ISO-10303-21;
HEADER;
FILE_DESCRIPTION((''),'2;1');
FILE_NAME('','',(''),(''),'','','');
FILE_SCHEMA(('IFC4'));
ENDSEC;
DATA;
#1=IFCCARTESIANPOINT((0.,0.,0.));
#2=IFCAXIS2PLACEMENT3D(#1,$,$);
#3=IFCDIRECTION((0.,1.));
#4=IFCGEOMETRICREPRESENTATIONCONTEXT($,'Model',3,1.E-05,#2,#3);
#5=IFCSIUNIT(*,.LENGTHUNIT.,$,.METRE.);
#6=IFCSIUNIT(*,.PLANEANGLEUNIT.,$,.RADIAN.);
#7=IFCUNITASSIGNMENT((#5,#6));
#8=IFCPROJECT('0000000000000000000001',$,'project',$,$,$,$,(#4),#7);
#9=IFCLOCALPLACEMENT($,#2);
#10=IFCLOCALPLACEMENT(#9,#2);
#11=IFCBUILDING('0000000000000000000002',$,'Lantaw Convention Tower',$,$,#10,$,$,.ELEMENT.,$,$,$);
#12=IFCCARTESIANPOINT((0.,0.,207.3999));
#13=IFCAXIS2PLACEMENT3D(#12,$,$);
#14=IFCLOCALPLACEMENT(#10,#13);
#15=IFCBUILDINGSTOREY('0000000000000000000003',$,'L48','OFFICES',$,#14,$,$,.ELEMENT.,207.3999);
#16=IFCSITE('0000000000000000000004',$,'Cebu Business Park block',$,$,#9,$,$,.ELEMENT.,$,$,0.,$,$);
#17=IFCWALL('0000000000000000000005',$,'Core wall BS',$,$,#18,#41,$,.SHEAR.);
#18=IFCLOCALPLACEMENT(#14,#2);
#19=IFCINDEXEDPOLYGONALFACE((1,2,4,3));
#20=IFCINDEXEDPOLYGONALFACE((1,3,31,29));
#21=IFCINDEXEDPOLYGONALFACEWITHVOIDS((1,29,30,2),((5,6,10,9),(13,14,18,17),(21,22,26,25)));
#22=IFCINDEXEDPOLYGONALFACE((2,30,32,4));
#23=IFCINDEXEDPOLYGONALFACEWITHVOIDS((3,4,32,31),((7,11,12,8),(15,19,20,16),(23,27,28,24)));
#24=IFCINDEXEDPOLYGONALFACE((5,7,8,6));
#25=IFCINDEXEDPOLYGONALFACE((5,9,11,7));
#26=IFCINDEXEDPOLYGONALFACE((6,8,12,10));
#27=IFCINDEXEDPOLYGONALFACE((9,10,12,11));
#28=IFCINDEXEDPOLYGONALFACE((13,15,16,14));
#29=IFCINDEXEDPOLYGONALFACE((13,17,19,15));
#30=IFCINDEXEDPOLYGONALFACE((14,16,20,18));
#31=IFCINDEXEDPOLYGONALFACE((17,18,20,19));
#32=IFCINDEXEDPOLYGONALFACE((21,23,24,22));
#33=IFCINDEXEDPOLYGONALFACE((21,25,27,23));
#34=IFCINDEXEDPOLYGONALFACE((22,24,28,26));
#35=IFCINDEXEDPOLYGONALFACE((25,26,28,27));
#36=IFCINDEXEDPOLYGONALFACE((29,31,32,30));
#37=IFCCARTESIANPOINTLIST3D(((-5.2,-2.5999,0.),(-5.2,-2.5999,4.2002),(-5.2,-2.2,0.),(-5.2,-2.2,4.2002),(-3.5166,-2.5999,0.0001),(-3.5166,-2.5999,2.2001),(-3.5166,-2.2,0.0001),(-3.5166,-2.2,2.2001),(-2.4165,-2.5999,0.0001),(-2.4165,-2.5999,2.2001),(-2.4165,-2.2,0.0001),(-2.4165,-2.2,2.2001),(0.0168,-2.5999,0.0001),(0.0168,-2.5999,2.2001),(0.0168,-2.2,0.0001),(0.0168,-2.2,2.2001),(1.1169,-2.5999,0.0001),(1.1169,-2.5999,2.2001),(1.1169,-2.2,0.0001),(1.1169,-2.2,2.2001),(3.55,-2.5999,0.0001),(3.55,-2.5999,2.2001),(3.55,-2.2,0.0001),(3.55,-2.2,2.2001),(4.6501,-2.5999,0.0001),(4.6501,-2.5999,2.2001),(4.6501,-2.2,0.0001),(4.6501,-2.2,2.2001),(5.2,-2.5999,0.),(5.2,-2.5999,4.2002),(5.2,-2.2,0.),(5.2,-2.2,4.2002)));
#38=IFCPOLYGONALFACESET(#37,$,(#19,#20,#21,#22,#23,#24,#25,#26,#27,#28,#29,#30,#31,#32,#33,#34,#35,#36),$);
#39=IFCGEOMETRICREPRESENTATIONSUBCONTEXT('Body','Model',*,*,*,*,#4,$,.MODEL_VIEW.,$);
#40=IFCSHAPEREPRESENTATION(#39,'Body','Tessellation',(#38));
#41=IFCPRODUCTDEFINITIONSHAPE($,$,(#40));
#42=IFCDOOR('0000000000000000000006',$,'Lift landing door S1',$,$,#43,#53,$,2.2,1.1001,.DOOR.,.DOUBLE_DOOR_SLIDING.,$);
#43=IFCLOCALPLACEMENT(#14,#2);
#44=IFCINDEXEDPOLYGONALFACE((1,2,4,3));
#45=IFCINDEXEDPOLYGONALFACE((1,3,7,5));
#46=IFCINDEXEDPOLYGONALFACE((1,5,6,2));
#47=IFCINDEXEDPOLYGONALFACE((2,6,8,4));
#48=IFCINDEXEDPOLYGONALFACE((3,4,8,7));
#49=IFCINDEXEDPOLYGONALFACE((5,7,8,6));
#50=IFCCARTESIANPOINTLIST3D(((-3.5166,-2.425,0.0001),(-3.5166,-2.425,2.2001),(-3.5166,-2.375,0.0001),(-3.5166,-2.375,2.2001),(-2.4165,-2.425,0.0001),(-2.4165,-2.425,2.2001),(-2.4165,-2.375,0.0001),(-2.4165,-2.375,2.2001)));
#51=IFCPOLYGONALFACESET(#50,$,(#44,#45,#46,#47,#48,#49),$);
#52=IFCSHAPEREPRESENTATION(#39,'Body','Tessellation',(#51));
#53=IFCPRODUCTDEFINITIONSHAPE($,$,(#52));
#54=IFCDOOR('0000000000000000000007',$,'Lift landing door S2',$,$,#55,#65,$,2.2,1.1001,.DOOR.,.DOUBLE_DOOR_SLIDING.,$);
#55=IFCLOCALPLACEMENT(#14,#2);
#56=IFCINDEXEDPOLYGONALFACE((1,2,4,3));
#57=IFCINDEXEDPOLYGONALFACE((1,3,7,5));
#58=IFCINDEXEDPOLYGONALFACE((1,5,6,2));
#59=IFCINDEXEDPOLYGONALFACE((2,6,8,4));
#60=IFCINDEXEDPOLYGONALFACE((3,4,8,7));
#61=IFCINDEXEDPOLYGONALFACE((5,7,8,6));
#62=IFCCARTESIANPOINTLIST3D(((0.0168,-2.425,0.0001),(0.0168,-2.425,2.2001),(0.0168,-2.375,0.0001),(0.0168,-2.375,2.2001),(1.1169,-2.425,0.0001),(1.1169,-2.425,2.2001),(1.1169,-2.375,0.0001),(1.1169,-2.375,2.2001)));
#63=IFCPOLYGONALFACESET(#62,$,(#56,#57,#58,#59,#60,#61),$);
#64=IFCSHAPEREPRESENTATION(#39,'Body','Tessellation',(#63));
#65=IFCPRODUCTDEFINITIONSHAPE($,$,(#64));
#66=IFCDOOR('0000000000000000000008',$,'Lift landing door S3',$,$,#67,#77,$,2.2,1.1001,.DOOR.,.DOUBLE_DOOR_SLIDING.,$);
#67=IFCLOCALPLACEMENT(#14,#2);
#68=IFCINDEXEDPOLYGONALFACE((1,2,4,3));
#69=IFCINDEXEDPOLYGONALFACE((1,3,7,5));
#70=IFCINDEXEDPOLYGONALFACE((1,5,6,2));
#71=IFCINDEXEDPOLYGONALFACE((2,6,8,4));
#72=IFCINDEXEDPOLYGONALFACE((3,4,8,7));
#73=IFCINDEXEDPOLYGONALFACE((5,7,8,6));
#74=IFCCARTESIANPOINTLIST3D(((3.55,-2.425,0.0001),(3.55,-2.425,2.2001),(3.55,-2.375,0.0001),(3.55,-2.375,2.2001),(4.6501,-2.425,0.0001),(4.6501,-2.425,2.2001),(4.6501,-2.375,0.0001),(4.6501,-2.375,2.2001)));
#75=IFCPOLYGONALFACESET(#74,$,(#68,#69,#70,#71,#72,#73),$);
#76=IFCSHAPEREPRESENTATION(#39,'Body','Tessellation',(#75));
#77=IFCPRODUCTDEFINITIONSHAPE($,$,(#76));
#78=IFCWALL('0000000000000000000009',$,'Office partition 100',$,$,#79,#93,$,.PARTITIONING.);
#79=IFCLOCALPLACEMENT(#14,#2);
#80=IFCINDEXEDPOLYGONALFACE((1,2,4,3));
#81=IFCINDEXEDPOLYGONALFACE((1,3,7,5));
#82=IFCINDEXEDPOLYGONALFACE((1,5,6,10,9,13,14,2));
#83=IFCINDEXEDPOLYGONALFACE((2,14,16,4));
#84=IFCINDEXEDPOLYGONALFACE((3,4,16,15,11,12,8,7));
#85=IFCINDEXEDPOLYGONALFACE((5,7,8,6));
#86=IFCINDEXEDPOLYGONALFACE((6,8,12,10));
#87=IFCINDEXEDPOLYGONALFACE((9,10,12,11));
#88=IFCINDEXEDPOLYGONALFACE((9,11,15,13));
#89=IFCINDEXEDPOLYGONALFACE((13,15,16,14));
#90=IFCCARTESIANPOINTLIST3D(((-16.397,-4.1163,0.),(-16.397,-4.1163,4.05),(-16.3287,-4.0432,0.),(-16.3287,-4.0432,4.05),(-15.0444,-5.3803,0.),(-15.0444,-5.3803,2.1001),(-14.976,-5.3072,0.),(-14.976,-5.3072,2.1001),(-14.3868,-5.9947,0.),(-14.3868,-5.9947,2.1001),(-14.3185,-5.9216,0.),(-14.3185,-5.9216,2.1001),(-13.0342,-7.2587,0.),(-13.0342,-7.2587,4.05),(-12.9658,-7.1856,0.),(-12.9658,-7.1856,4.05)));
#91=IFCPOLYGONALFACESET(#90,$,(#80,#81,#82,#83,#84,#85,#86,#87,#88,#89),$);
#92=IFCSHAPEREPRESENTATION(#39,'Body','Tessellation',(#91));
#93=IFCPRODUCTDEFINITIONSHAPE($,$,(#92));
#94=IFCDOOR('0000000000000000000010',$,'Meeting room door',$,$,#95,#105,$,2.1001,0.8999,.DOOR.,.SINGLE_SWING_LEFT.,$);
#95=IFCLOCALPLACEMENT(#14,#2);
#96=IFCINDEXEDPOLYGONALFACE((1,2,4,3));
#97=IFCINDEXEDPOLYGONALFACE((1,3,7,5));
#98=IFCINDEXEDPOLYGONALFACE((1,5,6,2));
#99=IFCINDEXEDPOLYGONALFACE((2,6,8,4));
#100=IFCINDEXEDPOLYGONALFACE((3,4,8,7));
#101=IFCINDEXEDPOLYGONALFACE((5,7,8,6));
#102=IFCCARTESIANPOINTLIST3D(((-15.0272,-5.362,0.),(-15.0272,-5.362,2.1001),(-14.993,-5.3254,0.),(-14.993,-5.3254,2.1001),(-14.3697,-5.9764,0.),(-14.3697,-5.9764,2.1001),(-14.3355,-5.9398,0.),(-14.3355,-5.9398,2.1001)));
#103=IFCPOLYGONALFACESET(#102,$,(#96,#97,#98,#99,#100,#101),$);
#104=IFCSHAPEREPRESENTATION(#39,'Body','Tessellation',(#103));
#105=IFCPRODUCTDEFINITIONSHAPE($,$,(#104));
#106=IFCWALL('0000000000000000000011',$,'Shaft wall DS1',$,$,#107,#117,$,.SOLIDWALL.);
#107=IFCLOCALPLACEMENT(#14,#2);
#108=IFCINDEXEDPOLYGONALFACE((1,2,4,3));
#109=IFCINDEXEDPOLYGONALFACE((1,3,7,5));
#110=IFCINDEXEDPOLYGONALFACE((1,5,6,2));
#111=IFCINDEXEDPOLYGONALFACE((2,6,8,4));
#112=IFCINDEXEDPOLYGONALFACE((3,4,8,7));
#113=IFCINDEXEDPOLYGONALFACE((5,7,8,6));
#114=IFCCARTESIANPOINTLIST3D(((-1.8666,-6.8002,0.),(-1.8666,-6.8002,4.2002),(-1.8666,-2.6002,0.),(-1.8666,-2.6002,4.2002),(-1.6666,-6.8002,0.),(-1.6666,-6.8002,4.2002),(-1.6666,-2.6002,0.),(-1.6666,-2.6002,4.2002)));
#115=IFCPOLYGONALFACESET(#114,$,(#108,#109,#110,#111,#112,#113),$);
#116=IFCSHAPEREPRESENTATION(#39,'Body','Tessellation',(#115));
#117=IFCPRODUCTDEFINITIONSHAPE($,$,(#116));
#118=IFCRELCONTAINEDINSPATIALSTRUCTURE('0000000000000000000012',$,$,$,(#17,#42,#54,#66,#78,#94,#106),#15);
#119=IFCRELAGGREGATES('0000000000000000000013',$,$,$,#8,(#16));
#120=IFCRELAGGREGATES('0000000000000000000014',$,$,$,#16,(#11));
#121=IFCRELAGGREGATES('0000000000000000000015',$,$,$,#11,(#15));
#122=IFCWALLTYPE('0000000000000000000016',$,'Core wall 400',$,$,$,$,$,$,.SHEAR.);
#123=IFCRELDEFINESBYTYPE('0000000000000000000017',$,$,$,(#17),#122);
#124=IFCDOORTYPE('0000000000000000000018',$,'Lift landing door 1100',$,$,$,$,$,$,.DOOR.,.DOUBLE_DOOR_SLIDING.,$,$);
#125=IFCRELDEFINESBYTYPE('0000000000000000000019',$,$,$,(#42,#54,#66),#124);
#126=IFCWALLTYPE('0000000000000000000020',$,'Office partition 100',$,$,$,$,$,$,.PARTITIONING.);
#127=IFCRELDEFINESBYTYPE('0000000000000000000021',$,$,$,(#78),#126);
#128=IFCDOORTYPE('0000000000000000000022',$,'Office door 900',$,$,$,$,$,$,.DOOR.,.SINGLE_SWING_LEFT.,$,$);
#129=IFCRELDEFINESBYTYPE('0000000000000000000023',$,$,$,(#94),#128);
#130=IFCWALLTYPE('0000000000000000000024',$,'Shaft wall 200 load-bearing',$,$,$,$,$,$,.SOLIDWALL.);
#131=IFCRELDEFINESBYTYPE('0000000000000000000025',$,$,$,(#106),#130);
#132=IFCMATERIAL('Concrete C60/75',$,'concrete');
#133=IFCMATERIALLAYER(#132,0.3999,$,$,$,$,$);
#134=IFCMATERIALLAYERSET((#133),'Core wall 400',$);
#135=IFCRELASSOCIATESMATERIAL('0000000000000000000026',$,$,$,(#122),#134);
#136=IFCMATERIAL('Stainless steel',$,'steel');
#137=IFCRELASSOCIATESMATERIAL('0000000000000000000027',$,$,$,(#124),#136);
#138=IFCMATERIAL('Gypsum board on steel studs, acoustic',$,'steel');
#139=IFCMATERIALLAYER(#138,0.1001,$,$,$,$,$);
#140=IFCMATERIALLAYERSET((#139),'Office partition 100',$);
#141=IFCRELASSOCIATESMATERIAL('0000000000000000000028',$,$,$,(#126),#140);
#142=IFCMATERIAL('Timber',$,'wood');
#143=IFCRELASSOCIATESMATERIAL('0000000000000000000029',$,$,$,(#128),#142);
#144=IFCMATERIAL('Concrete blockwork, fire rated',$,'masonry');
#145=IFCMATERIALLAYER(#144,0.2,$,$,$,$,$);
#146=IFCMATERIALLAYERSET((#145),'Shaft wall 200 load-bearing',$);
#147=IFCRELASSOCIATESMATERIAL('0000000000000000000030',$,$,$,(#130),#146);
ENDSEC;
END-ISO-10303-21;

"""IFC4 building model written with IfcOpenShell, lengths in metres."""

from ifc_helpers import new_model, si_unit, direction, frame, frame_2d, origin, place, context, subcontext, project, spatial, rectangle, extrude, material, layer, layer_set, type_object, element, fill, save


model = new_model("IFC4")

# Units and contexts
model_context = context("Model", 3, precision=1e-05, world=origin(), true_north=direction((0.0, 1.0)))
body_context = subcontext(model_context, "Body", "Model", "MODEL_VIEW")
ifc_project = project(units=[si_unit("LENGTHUNIT", "METRE"), si_unit("PLANEANGLEUNIT", "RADIAN")], contexts=[model_context])

# Site, building, storey
site_placement = place(None, origin())
site = spatial("IfcSite", under=ifc_project, at=site_placement, Name="Cebu Business Park block", CompositionType="ELEMENT", RefElevation=0.0)
building_placement = place(site_placement, origin())
building = spatial("IfcBuilding", under=site, at=building_placement, Name="Lantaw Convention Tower", CompositionType="ELEMENT")
storey_placement = place(building_placement, frame((0.0, 0.0, 207.3999)))
storey = spatial("IfcBuildingStorey", under=building, at=storey_placement, Name="L48", Description="OFFICES", CompositionType="ELEMENT", Elevation=207.3999)

# Shared definitions
ifc_material_1 = material(Name="Concrete C60/75", Category="concrete")

# Wall, openings, doors
ifc_layer_1 = layer(ifc_material_1, 0.3999)
ifc_layer_set_1 = layer_set([ifc_layer_1], Name="Core wall 400")
wall_type_1 = type_object("IfcWallType", Name="Core wall 400", PredefinedType="SHEAR", material=ifc_layer_set_1)
wall_1_placement = place(storey_placement, frame((-5.2, -2.3999, 0.0), z_axis=(0.0, 0.0, 1.0), x_axis=(1.0, 0.0, 0.0)))
wall_1 = element("IfcWall", 1, at=wall_1_placement, inside=storey, type_object=wall_type_1, Name="Core wall BS", PredefinedType="SHEAR", context=body_context, shape_type="SweptSolid", body=[
    extrude(rectangle(XDim=10.3999, YDim=0.3999, at=frame_2d((5.2, 0.0))), origin(), (0.0, 0.0, 1.0), 4.2002),
])
opening_1_placement = place(wall_1_placement, frame((1.6833, 0.0, 0.0)))
opening_1 = element("IfcOpeningElement", 2, at=opening_1_placement, cuts=wall_1, PredefinedType="OPENING", context=body_context, shape_type="SweptSolid", body=[
    extrude(rectangle(XDim=1.1001, YDim=2.2, at=frame_2d((0.55, 1.1001))), frame((0.0, 0.21, 0.0), z_axis=(0.0, -1.0, 0.0), x_axis=(1.0, 0.0, 0.0)), (0.0, 0.0, 1.0), 0.4199),
])
opening_2_placement = place(wall_1_placement, frame((5.2168, 0.0, 0.0)))
opening_2 = element("IfcOpeningElement", 3, at=opening_2_placement, cuts=wall_1, PredefinedType="OPENING", context=body_context, shape_type="SweptSolid", body=[
    extrude(rectangle(XDim=1.1001, YDim=2.2, at=frame_2d((0.55, 1.1001))), frame((0.0, 0.21, 0.0), z_axis=(0.0, -1.0, 0.0), x_axis=(1.0, 0.0, 0.0)), (0.0, 0.0, 1.0), 0.4199),
])
opening_3_placement = place(wall_1_placement, frame((8.75, 0.0, 0.0)))
opening_3 = element("IfcOpeningElement", 4, at=opening_3_placement, cuts=wall_1, PredefinedType="OPENING", context=body_context, shape_type="SweptSolid", body=[
    extrude(rectangle(XDim=1.1001, YDim=2.2, at=frame_2d((0.55, 1.1001))), frame((0.0, 0.21, 0.0), z_axis=(0.0, -1.0, 0.0), x_axis=(1.0, 0.0, 0.0)), (0.0, 0.0, 1.0), 0.4199),
])
ifc_material_2 = material(Name="Stainless steel", Category="steel")
door_type_1 = type_object("IfcDoorType", Name="Lift landing door 1100", OperationType="DOUBLE_DOOR_SLIDING", PredefinedType="DOOR", material=ifc_material_2)
door_1_placement = place(opening_1_placement, origin())
door_1 = element("IfcDoor", 5, at=door_1_placement, inside=storey, type_object=door_type_1, Name="Lift landing door S1", OperationType="DOUBLE_DOOR_SLIDING", OverallHeight=2.2, OverallWidth=1.1001, PredefinedType="DOOR", context=body_context, shape_type="SweptSolid", body=[
    extrude(rectangle(XDim=1.1001, YDim=2.2, at=frame_2d((0.55, 1.1001))), frame((0.0, 0.0249, 0.0), z_axis=(0.0, -1.0, 0.0), x_axis=(1.0, 0.0, 0.0)), (0.0, 0.0, 1.0), 0.05),
])
fill(opening_1, door_1)
door_2_placement = place(opening_2_placement, origin())
door_2 = element("IfcDoor", 6, at=door_2_placement, inside=storey, type_object=door_type_1, Name="Lift landing door S2", OperationType="DOUBLE_DOOR_SLIDING", OverallHeight=2.2, OverallWidth=1.1001, PredefinedType="DOOR", context=body_context, shape_type="SweptSolid", body=[
    extrude(rectangle(XDim=1.1001, YDim=2.2, at=frame_2d((0.55, 1.1001))), frame((0.0, 0.0249, 0.0), z_axis=(0.0, -1.0, 0.0), x_axis=(1.0, 0.0, 0.0)), (0.0, 0.0, 1.0), 0.05),
])
fill(opening_2, door_2)
door_3_placement = place(opening_3_placement, origin())
door_3 = element("IfcDoor", 7, at=door_3_placement, inside=storey, type_object=door_type_1, Name="Lift landing door S3", OperationType="DOUBLE_DOOR_SLIDING", OverallHeight=2.2, OverallWidth=1.1001, PredefinedType="DOOR", context=body_context, shape_type="SweptSolid", body=[
    extrude(rectangle(XDim=1.1001, YDim=2.2, at=frame_2d((0.55, 1.1001))), frame((0.0, 0.0249, 0.0), z_axis=(0.0, -1.0, 0.0), x_axis=(1.0, 0.0, 0.0)), (0.0, 0.0, 1.0), 0.05),
])
fill(opening_3, door_3)

# Wall, opening, door
ifc_material_3 = material(Name="Gypsum board on steel studs, acoustic", Category="steel")
ifc_layer_2 = layer(ifc_material_3, 0.1001)
ifc_layer_set_2 = layer_set([ifc_layer_2], Name="Office partition 100")
wall_type_2 = type_object("IfcWallType", Name="Office partition 100", PredefinedType="PARTITIONING", material=ifc_layer_set_2)
wall_2_placement = place(storey_placement, frame((-13.0, -7.2222, 0.0), z_axis=(0.0, 0.0, 1.0), x_axis=(-0.730651, 0.682751, 0.0)))
wall_2 = element("IfcWall", 8, at=wall_2_placement, inside=storey, type_object=wall_type_2, Name="Office partition 100", PredefinedType="PARTITIONING", context=body_context, shape_type="SweptSolid", body=[
    extrude(rectangle(XDim=4.6025, YDim=0.1001, at=frame_2d((2.3013, 0.0))), origin(), (0.0, 0.0, 1.0), 4.05),
])
opening_4_placement = place(wall_2_placement, frame((1.8513, 0.0, 0.0)))
opening_4 = element("IfcOpeningElement", 9, at=opening_4_placement, cuts=wall_2, PredefinedType="OPENING", context=body_context, shape_type="SweptSolid", body=[
    extrude(rectangle(XDim=0.8999, YDim=2.1001, at=frame_2d((0.45, 1.05))), frame((0.0, 0.0601, 0.0), z_axis=(0.0, -1.0, 0.0), x_axis=(1.0, 0.0, 0.0)), (0.0, 0.0, 1.0), 0.1201),
])
ifc_material_4 = material(Name="Timber", Category="wood")
door_type_2 = type_object("IfcDoorType", Name="Office door 900", OperationType="SINGLE_SWING_LEFT", PredefinedType="DOOR", material=ifc_material_4)
door_4_placement = place(opening_4_placement, origin())
door_4 = element("IfcDoor", 10, at=door_4_placement, inside=storey, type_object=door_type_2, Name="Meeting room door", OperationType="SINGLE_SWING_LEFT", OverallHeight=2.1001, OverallWidth=0.8999, PredefinedType="DOOR", context=body_context, shape_type="SweptSolid", body=[
    extrude(rectangle(XDim=0.8999, YDim=2.1001, at=frame_2d((0.45, 1.05))), frame((0.0, 0.0249, 0.0), z_axis=(0.0, -1.0, 0.0), x_axis=(1.0, 0.0, 0.0)), (0.0, 0.0, 1.0), 0.05),
])
fill(opening_4, door_4)

# Wall
ifc_material_5 = material(Name="Concrete blockwork, fire rated", Category="masonry")
ifc_layer_3 = layer(ifc_material_5, 0.2)
ifc_layer_set_3 = layer_set([ifc_layer_3], Name="Shaft wall 200 load-bearing")
wall_type_3 = type_object("IfcWallType", Name="Shaft wall 200 load-bearing", PredefinedType="SOLIDWALL", material=ifc_layer_set_3)
wall_3_placement = place(storey_placement, frame((-1.7666, -2.6001, 0.0), z_axis=(0.0, 0.0, 1.0), x_axis=(0.0, -1.0, 0.0)))
element("IfcWall", 11, at=wall_3_placement, inside=storey, type_object=wall_type_3, Name="Shaft wall DS1", PredefinedType="SOLIDWALL", context=body_context, shape_type="SweptSolid", body=[
    extrude(rectangle(XDim=4.2, YDim=0.2, at=frame_2d((2.1001, 0.0))), origin(), (0.0, 0.0, 1.0), 4.2002),
])

save(model, "model.ifc")
